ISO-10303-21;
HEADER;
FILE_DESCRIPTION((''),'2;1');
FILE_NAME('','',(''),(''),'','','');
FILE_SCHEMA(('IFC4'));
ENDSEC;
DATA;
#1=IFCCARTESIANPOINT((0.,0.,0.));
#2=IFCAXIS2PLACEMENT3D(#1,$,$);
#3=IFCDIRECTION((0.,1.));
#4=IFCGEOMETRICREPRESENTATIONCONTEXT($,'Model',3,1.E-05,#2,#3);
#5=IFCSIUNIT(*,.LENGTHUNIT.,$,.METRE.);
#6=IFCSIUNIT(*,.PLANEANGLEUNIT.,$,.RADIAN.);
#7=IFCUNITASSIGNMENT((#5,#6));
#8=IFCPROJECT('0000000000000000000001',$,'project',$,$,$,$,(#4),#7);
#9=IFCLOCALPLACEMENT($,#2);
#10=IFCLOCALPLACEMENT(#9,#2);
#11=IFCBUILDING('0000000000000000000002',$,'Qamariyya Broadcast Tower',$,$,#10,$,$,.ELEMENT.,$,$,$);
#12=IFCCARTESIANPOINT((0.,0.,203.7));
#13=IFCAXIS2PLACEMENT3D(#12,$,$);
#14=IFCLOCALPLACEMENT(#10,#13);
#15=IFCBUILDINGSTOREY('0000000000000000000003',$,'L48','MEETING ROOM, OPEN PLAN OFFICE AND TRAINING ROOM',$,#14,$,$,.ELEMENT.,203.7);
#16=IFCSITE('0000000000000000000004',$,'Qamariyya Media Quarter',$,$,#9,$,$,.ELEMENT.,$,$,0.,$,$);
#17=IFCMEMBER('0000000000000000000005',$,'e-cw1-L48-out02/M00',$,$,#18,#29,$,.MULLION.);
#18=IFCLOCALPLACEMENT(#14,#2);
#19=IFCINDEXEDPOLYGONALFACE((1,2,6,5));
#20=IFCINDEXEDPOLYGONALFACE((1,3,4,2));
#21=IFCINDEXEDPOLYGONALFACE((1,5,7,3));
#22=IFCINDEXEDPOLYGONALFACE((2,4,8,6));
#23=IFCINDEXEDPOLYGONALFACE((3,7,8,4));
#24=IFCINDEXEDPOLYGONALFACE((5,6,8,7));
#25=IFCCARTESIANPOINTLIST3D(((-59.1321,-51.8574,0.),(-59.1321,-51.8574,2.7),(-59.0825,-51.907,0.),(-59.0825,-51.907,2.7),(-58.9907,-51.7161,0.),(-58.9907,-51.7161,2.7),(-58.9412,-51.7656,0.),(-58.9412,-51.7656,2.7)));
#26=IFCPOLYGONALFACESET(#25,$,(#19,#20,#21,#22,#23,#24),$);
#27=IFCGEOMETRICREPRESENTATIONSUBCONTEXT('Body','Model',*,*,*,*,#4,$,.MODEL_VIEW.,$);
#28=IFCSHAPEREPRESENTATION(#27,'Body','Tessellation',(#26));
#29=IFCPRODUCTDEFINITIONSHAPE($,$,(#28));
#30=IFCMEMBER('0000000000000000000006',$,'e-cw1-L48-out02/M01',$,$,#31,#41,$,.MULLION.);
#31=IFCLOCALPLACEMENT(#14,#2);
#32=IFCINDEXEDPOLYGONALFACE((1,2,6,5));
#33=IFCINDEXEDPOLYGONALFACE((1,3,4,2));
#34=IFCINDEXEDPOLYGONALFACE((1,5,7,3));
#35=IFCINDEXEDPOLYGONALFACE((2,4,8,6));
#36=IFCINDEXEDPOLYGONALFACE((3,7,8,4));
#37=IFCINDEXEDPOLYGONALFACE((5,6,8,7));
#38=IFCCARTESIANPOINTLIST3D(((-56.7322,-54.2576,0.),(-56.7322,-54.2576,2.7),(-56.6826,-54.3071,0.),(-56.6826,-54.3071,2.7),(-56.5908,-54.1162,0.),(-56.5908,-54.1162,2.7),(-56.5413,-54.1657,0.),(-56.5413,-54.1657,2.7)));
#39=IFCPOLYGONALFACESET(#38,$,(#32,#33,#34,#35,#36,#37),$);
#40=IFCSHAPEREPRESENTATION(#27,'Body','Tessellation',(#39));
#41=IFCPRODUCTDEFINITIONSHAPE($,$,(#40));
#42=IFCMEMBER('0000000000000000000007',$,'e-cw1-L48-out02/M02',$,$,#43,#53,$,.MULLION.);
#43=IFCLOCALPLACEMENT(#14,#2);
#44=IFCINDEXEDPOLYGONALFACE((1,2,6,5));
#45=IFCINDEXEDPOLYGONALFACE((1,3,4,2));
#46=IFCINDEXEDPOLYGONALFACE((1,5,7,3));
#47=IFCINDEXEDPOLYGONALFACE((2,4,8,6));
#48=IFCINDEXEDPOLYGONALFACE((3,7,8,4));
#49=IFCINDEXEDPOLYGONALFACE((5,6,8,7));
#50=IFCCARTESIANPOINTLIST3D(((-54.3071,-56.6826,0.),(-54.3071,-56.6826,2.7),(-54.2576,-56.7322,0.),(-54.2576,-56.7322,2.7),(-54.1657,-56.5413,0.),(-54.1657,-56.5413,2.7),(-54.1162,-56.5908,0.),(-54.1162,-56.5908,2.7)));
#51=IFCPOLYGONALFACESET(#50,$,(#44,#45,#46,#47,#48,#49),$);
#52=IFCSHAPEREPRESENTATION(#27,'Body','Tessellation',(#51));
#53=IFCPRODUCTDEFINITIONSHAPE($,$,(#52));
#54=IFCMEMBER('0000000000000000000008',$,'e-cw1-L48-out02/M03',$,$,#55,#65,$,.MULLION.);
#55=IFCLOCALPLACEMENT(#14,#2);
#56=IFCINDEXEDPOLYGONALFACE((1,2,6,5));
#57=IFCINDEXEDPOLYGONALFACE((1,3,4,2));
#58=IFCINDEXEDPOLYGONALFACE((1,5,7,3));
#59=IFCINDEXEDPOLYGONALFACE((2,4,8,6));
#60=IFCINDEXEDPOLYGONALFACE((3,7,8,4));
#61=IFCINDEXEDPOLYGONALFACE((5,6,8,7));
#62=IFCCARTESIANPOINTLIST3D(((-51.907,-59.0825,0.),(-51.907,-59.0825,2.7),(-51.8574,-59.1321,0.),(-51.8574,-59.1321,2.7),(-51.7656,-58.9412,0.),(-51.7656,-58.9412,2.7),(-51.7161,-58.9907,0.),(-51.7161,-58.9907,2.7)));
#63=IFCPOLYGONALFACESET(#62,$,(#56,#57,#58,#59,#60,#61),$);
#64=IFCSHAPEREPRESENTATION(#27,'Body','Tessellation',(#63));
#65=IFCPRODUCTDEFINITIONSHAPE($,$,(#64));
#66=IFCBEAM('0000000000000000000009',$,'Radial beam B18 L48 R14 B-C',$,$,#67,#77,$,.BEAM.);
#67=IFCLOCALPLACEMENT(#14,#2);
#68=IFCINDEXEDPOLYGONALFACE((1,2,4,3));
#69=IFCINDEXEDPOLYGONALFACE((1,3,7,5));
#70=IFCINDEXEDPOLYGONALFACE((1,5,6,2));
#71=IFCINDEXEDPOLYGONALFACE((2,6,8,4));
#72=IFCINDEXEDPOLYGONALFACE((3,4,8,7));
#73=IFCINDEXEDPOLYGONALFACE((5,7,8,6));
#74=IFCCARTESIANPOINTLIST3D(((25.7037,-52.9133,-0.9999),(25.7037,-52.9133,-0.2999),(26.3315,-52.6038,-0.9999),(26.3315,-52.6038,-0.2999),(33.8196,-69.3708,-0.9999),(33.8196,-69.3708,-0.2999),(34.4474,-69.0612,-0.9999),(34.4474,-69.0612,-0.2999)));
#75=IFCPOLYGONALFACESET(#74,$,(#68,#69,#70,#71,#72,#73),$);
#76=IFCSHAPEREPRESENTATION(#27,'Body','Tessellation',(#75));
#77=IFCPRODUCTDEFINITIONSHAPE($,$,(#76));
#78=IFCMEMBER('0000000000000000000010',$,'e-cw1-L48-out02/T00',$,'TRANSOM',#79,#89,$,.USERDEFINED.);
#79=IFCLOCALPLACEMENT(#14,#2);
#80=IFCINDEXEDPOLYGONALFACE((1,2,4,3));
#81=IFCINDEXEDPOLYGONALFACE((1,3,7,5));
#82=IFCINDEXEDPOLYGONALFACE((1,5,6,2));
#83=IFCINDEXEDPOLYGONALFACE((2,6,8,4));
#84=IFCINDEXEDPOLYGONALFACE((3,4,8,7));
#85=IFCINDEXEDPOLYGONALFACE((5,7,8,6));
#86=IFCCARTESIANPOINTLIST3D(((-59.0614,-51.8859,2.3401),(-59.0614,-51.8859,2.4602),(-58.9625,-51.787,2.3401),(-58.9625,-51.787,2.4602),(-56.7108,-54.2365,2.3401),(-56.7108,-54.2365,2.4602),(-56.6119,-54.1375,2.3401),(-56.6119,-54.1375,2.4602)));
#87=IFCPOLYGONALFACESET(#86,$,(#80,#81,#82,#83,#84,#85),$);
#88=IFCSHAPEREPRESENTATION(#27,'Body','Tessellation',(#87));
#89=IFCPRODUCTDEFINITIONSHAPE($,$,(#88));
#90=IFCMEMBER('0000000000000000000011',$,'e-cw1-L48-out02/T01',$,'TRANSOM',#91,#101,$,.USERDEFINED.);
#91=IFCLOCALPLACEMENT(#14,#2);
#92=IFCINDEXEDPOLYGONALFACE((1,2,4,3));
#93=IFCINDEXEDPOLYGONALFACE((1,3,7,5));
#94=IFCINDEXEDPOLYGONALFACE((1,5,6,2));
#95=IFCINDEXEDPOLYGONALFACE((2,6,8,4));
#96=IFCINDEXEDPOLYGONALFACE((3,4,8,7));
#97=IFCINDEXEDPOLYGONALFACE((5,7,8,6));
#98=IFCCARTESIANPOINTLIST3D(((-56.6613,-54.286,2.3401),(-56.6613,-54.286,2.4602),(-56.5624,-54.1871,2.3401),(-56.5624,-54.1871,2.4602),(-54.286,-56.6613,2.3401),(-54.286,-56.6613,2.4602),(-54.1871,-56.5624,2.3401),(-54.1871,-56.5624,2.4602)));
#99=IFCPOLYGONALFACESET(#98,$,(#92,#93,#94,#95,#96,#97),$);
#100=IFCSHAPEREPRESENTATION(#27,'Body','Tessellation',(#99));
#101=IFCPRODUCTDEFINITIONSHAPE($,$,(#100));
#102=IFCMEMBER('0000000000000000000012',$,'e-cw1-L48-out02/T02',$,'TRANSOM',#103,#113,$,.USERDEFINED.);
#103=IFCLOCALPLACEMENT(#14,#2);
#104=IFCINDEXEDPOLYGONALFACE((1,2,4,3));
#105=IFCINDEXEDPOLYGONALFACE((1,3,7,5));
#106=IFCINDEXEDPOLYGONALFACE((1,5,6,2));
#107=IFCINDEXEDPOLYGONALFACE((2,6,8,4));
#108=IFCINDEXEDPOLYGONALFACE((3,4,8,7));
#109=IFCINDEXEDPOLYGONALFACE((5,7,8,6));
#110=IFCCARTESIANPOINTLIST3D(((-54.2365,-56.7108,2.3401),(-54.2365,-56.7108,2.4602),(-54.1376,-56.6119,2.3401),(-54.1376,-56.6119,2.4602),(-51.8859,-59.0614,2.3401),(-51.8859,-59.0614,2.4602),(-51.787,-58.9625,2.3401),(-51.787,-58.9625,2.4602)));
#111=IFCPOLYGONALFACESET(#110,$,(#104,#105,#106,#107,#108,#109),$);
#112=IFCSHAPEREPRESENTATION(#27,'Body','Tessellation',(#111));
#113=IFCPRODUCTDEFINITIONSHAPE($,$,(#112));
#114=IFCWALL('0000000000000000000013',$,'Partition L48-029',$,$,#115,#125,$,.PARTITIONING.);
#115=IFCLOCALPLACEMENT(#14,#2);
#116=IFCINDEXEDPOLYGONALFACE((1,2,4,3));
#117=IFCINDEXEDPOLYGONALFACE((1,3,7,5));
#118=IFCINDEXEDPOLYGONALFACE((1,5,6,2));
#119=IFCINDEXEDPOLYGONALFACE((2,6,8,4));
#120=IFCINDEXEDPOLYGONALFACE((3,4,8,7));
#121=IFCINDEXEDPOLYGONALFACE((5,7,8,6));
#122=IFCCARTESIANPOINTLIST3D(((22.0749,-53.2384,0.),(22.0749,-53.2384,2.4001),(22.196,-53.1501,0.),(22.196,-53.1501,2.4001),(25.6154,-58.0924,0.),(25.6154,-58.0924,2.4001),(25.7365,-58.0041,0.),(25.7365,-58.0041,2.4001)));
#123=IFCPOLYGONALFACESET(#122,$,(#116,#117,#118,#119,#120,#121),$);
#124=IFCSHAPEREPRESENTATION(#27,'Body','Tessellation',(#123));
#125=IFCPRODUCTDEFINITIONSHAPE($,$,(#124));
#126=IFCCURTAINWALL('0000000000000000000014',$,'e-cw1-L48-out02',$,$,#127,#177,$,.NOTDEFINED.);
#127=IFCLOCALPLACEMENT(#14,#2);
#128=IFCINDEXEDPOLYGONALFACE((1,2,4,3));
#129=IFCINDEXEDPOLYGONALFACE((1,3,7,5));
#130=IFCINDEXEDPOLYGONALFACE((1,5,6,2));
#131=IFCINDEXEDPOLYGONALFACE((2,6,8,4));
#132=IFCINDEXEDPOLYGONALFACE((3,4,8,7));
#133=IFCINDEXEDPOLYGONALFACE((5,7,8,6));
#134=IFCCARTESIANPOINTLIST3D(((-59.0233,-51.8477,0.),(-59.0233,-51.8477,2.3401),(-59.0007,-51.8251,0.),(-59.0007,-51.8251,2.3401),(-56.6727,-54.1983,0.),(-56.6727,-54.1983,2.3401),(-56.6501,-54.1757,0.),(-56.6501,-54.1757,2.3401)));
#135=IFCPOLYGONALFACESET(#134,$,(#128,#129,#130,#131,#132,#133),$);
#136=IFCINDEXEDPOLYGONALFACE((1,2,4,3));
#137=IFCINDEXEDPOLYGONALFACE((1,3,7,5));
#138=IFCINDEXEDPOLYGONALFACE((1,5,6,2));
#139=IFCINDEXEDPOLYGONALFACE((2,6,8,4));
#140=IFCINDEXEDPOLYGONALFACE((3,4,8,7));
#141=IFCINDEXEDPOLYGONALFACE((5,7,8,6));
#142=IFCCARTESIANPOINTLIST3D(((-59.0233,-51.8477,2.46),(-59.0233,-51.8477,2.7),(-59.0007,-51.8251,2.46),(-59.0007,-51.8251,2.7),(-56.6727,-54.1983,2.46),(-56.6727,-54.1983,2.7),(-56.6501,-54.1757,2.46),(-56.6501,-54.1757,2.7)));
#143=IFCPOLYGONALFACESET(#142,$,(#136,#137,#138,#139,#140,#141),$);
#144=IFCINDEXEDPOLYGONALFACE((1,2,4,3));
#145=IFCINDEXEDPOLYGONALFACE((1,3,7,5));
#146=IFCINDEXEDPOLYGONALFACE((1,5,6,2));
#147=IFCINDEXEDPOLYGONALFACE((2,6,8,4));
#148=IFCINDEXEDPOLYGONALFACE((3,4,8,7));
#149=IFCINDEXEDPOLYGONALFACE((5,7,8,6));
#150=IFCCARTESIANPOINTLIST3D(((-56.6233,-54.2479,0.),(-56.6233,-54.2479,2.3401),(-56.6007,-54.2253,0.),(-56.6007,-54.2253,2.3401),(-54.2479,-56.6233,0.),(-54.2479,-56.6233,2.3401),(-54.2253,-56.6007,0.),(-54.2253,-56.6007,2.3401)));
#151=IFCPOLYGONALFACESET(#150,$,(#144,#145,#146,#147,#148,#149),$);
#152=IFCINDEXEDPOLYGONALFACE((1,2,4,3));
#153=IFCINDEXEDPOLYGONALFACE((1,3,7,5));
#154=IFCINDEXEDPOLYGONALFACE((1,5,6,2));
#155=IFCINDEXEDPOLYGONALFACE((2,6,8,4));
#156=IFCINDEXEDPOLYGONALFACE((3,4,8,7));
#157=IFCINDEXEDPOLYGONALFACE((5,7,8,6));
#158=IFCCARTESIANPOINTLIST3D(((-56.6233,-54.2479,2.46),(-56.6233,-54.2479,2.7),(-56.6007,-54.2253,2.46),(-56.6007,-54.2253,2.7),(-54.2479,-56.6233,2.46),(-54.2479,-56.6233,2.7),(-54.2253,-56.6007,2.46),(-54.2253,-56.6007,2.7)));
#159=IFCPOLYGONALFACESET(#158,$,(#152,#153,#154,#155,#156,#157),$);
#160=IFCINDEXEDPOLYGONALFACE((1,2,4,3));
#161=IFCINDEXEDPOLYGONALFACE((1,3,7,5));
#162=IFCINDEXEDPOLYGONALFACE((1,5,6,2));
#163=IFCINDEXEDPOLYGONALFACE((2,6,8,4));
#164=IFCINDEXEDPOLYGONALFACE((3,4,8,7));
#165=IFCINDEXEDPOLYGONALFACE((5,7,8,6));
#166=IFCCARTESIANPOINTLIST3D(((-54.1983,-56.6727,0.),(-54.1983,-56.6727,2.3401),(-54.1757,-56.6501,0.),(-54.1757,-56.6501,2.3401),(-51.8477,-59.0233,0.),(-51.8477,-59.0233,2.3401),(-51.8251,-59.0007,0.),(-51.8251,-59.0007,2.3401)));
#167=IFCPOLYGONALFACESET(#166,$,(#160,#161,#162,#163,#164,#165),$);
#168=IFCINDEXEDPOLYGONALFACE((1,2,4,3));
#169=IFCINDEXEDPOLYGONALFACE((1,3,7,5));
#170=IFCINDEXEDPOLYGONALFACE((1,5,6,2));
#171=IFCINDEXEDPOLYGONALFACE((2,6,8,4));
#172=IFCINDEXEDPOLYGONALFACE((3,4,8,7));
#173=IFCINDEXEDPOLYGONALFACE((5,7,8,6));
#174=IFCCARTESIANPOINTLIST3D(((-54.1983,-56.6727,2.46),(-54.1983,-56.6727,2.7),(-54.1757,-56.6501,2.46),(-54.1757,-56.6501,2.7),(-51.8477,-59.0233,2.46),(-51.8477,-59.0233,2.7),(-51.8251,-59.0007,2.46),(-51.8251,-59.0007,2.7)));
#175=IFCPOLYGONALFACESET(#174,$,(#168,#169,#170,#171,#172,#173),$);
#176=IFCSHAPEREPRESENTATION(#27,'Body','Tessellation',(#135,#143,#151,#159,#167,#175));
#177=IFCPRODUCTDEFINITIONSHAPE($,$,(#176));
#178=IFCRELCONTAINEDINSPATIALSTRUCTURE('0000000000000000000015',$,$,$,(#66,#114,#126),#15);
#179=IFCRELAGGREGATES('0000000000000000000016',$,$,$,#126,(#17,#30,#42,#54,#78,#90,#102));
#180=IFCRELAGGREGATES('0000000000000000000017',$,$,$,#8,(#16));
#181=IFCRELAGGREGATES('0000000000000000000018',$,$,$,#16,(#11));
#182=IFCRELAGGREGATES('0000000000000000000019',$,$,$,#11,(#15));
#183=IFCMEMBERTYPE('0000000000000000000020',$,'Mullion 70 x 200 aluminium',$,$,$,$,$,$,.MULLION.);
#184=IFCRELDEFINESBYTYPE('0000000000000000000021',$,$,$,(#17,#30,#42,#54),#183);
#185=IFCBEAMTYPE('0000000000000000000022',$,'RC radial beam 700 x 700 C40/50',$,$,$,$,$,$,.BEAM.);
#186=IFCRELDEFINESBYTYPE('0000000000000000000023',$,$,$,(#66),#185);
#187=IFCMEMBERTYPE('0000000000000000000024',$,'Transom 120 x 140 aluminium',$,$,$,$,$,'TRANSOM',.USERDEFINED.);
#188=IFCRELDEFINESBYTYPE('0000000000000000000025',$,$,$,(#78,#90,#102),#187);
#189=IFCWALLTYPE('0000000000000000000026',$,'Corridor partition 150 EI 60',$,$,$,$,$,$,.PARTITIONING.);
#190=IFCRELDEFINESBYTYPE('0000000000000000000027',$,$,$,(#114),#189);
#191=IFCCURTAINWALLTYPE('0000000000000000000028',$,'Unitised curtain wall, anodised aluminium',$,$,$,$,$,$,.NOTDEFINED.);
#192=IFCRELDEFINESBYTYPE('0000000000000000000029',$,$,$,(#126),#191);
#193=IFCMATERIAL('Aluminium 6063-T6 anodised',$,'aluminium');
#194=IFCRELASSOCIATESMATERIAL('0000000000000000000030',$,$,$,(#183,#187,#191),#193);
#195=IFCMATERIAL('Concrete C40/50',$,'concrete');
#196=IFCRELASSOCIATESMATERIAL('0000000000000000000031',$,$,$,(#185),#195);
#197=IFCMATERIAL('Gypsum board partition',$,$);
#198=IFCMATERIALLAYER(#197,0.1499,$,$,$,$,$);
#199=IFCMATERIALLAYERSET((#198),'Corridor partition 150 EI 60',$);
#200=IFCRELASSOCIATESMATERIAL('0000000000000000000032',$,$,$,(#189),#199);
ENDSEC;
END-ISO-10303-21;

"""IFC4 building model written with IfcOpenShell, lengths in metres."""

from ifc_helpers import new_model, si_unit, direction, frame, frame_2d, origin, origin_2d, place, context, subcontext, project, spatial, rectangle, extrude, material, layer, layer_set, material_profile, profile_set, type_object, element, aggregate, save


model = new_model("IFC4")

# Units and contexts
model_context = context("Model", 3, precision=1e-05, world=origin(), true_north=direction((0.0, 1.0)))
body_context = subcontext(model_context, "Body", "Model", "MODEL_VIEW")
ifc_project = project(units=[si_unit("LENGTHUNIT", "METRE"), si_unit("PLANEANGLEUNIT", "RADIAN")], contexts=[model_context])

# Site, building, storey
site_placement = place(None, origin())
site = spatial("IfcSite", under=ifc_project, at=site_placement, Name="Qamariyya Media Quarter", CompositionType="ELEMENT", RefElevation=0.0)
building_placement = place(site_placement, origin())
building = spatial("IfcBuilding", under=site, at=building_placement, Name="Qamariyya Broadcast Tower", CompositionType="ELEMENT")
storey_placement = place(building_placement, frame((0.0, 0.0, 203.7)))
storey = spatial("IfcBuildingStorey", under=building, at=storey_placement, Name="L48", Description="MEETING ROOM, OPEN PLAN OFFICE AND TRAINING ROOM", CompositionType="ELEMENT", Elevation=203.7)

# Members
ifc_material_1 = material(Name="Aluminium 6063-T6 anodised", Category="aluminium")
ifc_material_profile_1 = material_profile(ifc_material_1, rectangle(XDim=0.2, YDim=0.0701, at=origin_2d()))
ifc_profile_set_1 = profile_set([ifc_material_profile_1], Name="Aluminium 6063-T6 anodised")
member_type_1 = type_object("IfcMemberType", Name="Mullion 70 x 200 aluminium", PredefinedType="MULLION", material=ifc_profile_set_1)
member_1_placement = place(storey_placement, frame((-59.0366, -51.8115, 0.0), z_axis=(0.0, 0.0, 1.0), x_axis=(0.707107, 0.707107, 0.0)))
member_1 = element("IfcMember", 1, at=member_1_placement, type_object=member_type_1, Name="e-cw1-L48-out02/M00", PredefinedType="MULLION", context=body_context, shape_type="SweptSolid", body=[
    extrude(rectangle(XDim=0.2, YDim=0.0701, at=origin_2d()), origin(), (0.0, 0.0, 1.0), 2.7),
])
member_2_placement = place(storey_placement, frame((-56.6367, -54.2117, 0.0), z_axis=(0.0, 0.0, 1.0), x_axis=(0.707107, 0.707107, 0.0)))
member_2 = element("IfcMember", 2, at=member_2_placement, type_object=member_type_1, Name="e-cw1-L48-out02/M01", PredefinedType="MULLION", context=body_context, shape_type="SweptSolid", body=[
    extrude(rectangle(XDim=0.2, YDim=0.0701, at=origin_2d()), origin(), (0.0, 0.0, 1.0), 2.7),
])
member_3_placement = place(storey_placement, frame((-54.2117, -56.6367, 0.0), z_axis=(0.0, 0.0, 1.0), x_axis=(0.707107, 0.707107, 0.0)))
member_3 = element("IfcMember", 3, at=member_3_placement, type_object=member_type_1, Name="e-cw1-L48-out02/M02", PredefinedType="MULLION", context=body_context, shape_type="SweptSolid", body=[
    extrude(rectangle(XDim=0.2, YDim=0.0701, at=origin_2d()), origin(), (0.0, 0.0, 1.0), 2.7),
])
member_4_placement = place(storey_placement, frame((-51.8115, -59.0366, 0.0), z_axis=(0.0, 0.0, 1.0), x_axis=(0.707107, 0.707107, 0.0)))
member_4 = element("IfcMember", 4, at=member_4_placement, type_object=member_type_1, Name="e-cw1-L48-out02/M03", PredefinedType="MULLION", context=body_context, shape_type="SweptSolid", body=[
    extrude(rectangle(XDim=0.2, YDim=0.0701, at=origin_2d()), origin(), (0.0, 0.0, 1.0), 2.7),
])

# Beam
ifc_material_2 = material(Name="Concrete C40/50", Category="concrete")
ifc_material_profile_2 = material_profile(ifc_material_2, rectangle(XDim=0.7, YDim=0.7, at=origin_2d()))
ifc_profile_set_2 = profile_set([ifc_material_profile_2], Name="Concrete C40/50")
beam_type = type_object("IfcBeamType", Name="RC radial beam 700 x 700 C40/50", PredefinedType="BEAM", material=ifc_profile_set_2)
beam_placement = place(storey_placement, frame((26.0176, -52.7585, -0.6499), z_axis=(0.442289, -0.896872, 0.0), x_axis=(0.896872, 0.442289, 0.0)))
element("IfcBeam", 5, at=beam_placement, inside=storey, type_object=beam_type, Name="Radial beam B18 L48 R14 B-C", PredefinedType="BEAM", context=body_context, shape_type="SweptSolid", body=[
    extrude(rectangle(XDim=0.7, YDim=0.7, at=origin_2d()), origin(), (0.0, 0.0, 1.0), 18.3499),
])

# Members
ifc_material_profile_3 = material_profile(ifc_material_1, rectangle(XDim=0.1399, YDim=0.1201, at=origin_2d()))
ifc_profile_set_3 = profile_set([ifc_material_profile_3], Name="Aluminium 6063-T6 anodised")
member_type_2 = type_object("IfcMemberType", Name="Transom 120 x 140 aluminium", ElementType="TRANSOM", PredefinedType="USERDEFINED", material=ifc_profile_set_3)
member_5_placement = place(storey_placement, frame((-59.012, -51.8364, 2.4001), z_axis=(0.707107, -0.707107, 0.0), x_axis=(0.707107, 0.707107, 0.0)))
member_5 = element("IfcMember", 6, at=member_5_placement, type_object=member_type_2, Name="e-cw1-L48-out02/T00", ObjectType="TRANSOM", PredefinedType="USERDEFINED", context=body_context, shape_type="SweptSolid", body=[
    extrude(rectangle(XDim=0.1399, YDim=0.1201, at=origin_2d()), origin(), (0.0, 0.0, 1.0), 3.3242),
])
member_6_placement = place(storey_placement, frame((-56.6118, -54.2366, 2.4001), z_axis=(0.707107, -0.707107, 0.0), x_axis=(0.707107, 0.707107, 0.0)))
member_6 = element("IfcMember", 7, at=member_6_placement, type_object=member_type_2, Name="e-cw1-L48-out02/T01", ObjectType="TRANSOM", PredefinedType="USERDEFINED", context=body_context, shape_type="SweptSolid", body=[
    extrude(rectangle(XDim=0.1399, YDim=0.1201, at=origin_2d()), origin(), (0.0, 0.0, 1.0), 3.3591),
])
member_7_placement = place(storey_placement, frame((-54.187, -56.6614, 2.4001), z_axis=(0.707107, -0.707107, 0.0), x_axis=(0.707107, 0.707107, 0.0)))
member_7 = element("IfcMember", 8, at=member_7_placement, type_object=member_type_2, Name="e-cw1-L48-out02/T02", ObjectType="TRANSOM", PredefinedType="USERDEFINED", context=body_context, shape_type="SweptSolid", body=[
    extrude(rectangle(XDim=0.1399, YDim=0.1201, at=origin_2d()), origin(), (0.0, 0.0, 1.0), 3.3242),
])

# Wall
ifc_material_3 = material(Name="Gypsum board partition")
ifc_layer_1 = layer(ifc_material_3, 0.1499)
ifc_layer_set_1 = layer_set([ifc_layer_1], Name="Corridor partition 150 EI 60")
wall_type_1 = type_object("IfcWallType", Name="Corridor partition 150 EI 60", PredefinedType="PARTITIONING", material=ifc_layer_set_1)
wall_1_placement = place(storey_placement, frame((22.1355, -53.1943, 0.0), z_axis=(0.0, 0.0, 1.0), x_axis=(0.589297, -0.807916, 0.0)))
element("IfcWall", 9, at=wall_1_placement, inside=storey, type_object=wall_type_1, Name="Partition L48-029", PredefinedType="PARTITIONING", context=body_context, shape_type="SweptSolid", body=[
    extrude(rectangle(XDim=6.0081, YDim=0.1499, at=frame_2d((3.0039, 0.0))), origin(), (0.0, 0.0, 1.0), 2.4001),
])

# Curtain wall
curtain_wall_type = type_object("IfcCurtainWallType", Name="Unitised curtain wall, anodised aluminium", PredefinedType="NOTDEFINED", material=ifc_material_1)
curtain_wall_1_placement = place(storey_placement, origin())
curtain_wall_1 = element("IfcCurtainWall", 10, at=curtain_wall_1_placement, inside=storey, type_object=curtain_wall_type, Name="e-cw1-L48-out02", PredefinedType="NOTDEFINED", context=body_context, shape_type="SweptSolid", body=[
    extrude(rectangle(XDim=3.3242, YDim=0.032, at=origin_2d()), frame((-57.8367, -53.0117, 0.0), x_axis=(0.707107, -0.707107, 0.0)), (0.0, 0.0, 1.0), 2.3401),
    extrude(rectangle(XDim=3.3242, YDim=0.032, at=origin_2d()), frame((-57.8367, -53.0117, 2.46), x_axis=(0.707107, -0.707107, 0.0)), (0.0, 0.0, 1.0), 0.24),
    extrude(rectangle(XDim=3.3594, YDim=0.032, at=origin_2d()), frame((-55.4243, -55.4243, 0.0), x_axis=(0.707107, -0.707107, 0.0)), (0.0, 0.0, 1.0), 2.3401),
    extrude(rectangle(XDim=3.3594, YDim=0.032, at=origin_2d()), frame((-55.4243, -55.4243, 2.46), x_axis=(0.707107, -0.707107, 0.0)), (0.0, 0.0, 1.0), 0.24),
    extrude(rectangle(XDim=3.3242, YDim=0.032, at=origin_2d()), frame((-53.0117, -57.8367, 0.0), x_axis=(0.707107, -0.707107, 0.0)), (0.0, 0.0, 1.0), 2.3401),
    extrude(rectangle(XDim=3.3242, YDim=0.032, at=origin_2d()), frame((-53.0117, -57.8367, 2.46), x_axis=(0.707107, -0.707107, 0.0)), (0.0, 0.0, 1.0), 0.24),
])
aggregate(curtain_wall_1, [member_1, member_2, member_3, member_4, member_5, member_6, member_7])

save(model, "model.ifc")
